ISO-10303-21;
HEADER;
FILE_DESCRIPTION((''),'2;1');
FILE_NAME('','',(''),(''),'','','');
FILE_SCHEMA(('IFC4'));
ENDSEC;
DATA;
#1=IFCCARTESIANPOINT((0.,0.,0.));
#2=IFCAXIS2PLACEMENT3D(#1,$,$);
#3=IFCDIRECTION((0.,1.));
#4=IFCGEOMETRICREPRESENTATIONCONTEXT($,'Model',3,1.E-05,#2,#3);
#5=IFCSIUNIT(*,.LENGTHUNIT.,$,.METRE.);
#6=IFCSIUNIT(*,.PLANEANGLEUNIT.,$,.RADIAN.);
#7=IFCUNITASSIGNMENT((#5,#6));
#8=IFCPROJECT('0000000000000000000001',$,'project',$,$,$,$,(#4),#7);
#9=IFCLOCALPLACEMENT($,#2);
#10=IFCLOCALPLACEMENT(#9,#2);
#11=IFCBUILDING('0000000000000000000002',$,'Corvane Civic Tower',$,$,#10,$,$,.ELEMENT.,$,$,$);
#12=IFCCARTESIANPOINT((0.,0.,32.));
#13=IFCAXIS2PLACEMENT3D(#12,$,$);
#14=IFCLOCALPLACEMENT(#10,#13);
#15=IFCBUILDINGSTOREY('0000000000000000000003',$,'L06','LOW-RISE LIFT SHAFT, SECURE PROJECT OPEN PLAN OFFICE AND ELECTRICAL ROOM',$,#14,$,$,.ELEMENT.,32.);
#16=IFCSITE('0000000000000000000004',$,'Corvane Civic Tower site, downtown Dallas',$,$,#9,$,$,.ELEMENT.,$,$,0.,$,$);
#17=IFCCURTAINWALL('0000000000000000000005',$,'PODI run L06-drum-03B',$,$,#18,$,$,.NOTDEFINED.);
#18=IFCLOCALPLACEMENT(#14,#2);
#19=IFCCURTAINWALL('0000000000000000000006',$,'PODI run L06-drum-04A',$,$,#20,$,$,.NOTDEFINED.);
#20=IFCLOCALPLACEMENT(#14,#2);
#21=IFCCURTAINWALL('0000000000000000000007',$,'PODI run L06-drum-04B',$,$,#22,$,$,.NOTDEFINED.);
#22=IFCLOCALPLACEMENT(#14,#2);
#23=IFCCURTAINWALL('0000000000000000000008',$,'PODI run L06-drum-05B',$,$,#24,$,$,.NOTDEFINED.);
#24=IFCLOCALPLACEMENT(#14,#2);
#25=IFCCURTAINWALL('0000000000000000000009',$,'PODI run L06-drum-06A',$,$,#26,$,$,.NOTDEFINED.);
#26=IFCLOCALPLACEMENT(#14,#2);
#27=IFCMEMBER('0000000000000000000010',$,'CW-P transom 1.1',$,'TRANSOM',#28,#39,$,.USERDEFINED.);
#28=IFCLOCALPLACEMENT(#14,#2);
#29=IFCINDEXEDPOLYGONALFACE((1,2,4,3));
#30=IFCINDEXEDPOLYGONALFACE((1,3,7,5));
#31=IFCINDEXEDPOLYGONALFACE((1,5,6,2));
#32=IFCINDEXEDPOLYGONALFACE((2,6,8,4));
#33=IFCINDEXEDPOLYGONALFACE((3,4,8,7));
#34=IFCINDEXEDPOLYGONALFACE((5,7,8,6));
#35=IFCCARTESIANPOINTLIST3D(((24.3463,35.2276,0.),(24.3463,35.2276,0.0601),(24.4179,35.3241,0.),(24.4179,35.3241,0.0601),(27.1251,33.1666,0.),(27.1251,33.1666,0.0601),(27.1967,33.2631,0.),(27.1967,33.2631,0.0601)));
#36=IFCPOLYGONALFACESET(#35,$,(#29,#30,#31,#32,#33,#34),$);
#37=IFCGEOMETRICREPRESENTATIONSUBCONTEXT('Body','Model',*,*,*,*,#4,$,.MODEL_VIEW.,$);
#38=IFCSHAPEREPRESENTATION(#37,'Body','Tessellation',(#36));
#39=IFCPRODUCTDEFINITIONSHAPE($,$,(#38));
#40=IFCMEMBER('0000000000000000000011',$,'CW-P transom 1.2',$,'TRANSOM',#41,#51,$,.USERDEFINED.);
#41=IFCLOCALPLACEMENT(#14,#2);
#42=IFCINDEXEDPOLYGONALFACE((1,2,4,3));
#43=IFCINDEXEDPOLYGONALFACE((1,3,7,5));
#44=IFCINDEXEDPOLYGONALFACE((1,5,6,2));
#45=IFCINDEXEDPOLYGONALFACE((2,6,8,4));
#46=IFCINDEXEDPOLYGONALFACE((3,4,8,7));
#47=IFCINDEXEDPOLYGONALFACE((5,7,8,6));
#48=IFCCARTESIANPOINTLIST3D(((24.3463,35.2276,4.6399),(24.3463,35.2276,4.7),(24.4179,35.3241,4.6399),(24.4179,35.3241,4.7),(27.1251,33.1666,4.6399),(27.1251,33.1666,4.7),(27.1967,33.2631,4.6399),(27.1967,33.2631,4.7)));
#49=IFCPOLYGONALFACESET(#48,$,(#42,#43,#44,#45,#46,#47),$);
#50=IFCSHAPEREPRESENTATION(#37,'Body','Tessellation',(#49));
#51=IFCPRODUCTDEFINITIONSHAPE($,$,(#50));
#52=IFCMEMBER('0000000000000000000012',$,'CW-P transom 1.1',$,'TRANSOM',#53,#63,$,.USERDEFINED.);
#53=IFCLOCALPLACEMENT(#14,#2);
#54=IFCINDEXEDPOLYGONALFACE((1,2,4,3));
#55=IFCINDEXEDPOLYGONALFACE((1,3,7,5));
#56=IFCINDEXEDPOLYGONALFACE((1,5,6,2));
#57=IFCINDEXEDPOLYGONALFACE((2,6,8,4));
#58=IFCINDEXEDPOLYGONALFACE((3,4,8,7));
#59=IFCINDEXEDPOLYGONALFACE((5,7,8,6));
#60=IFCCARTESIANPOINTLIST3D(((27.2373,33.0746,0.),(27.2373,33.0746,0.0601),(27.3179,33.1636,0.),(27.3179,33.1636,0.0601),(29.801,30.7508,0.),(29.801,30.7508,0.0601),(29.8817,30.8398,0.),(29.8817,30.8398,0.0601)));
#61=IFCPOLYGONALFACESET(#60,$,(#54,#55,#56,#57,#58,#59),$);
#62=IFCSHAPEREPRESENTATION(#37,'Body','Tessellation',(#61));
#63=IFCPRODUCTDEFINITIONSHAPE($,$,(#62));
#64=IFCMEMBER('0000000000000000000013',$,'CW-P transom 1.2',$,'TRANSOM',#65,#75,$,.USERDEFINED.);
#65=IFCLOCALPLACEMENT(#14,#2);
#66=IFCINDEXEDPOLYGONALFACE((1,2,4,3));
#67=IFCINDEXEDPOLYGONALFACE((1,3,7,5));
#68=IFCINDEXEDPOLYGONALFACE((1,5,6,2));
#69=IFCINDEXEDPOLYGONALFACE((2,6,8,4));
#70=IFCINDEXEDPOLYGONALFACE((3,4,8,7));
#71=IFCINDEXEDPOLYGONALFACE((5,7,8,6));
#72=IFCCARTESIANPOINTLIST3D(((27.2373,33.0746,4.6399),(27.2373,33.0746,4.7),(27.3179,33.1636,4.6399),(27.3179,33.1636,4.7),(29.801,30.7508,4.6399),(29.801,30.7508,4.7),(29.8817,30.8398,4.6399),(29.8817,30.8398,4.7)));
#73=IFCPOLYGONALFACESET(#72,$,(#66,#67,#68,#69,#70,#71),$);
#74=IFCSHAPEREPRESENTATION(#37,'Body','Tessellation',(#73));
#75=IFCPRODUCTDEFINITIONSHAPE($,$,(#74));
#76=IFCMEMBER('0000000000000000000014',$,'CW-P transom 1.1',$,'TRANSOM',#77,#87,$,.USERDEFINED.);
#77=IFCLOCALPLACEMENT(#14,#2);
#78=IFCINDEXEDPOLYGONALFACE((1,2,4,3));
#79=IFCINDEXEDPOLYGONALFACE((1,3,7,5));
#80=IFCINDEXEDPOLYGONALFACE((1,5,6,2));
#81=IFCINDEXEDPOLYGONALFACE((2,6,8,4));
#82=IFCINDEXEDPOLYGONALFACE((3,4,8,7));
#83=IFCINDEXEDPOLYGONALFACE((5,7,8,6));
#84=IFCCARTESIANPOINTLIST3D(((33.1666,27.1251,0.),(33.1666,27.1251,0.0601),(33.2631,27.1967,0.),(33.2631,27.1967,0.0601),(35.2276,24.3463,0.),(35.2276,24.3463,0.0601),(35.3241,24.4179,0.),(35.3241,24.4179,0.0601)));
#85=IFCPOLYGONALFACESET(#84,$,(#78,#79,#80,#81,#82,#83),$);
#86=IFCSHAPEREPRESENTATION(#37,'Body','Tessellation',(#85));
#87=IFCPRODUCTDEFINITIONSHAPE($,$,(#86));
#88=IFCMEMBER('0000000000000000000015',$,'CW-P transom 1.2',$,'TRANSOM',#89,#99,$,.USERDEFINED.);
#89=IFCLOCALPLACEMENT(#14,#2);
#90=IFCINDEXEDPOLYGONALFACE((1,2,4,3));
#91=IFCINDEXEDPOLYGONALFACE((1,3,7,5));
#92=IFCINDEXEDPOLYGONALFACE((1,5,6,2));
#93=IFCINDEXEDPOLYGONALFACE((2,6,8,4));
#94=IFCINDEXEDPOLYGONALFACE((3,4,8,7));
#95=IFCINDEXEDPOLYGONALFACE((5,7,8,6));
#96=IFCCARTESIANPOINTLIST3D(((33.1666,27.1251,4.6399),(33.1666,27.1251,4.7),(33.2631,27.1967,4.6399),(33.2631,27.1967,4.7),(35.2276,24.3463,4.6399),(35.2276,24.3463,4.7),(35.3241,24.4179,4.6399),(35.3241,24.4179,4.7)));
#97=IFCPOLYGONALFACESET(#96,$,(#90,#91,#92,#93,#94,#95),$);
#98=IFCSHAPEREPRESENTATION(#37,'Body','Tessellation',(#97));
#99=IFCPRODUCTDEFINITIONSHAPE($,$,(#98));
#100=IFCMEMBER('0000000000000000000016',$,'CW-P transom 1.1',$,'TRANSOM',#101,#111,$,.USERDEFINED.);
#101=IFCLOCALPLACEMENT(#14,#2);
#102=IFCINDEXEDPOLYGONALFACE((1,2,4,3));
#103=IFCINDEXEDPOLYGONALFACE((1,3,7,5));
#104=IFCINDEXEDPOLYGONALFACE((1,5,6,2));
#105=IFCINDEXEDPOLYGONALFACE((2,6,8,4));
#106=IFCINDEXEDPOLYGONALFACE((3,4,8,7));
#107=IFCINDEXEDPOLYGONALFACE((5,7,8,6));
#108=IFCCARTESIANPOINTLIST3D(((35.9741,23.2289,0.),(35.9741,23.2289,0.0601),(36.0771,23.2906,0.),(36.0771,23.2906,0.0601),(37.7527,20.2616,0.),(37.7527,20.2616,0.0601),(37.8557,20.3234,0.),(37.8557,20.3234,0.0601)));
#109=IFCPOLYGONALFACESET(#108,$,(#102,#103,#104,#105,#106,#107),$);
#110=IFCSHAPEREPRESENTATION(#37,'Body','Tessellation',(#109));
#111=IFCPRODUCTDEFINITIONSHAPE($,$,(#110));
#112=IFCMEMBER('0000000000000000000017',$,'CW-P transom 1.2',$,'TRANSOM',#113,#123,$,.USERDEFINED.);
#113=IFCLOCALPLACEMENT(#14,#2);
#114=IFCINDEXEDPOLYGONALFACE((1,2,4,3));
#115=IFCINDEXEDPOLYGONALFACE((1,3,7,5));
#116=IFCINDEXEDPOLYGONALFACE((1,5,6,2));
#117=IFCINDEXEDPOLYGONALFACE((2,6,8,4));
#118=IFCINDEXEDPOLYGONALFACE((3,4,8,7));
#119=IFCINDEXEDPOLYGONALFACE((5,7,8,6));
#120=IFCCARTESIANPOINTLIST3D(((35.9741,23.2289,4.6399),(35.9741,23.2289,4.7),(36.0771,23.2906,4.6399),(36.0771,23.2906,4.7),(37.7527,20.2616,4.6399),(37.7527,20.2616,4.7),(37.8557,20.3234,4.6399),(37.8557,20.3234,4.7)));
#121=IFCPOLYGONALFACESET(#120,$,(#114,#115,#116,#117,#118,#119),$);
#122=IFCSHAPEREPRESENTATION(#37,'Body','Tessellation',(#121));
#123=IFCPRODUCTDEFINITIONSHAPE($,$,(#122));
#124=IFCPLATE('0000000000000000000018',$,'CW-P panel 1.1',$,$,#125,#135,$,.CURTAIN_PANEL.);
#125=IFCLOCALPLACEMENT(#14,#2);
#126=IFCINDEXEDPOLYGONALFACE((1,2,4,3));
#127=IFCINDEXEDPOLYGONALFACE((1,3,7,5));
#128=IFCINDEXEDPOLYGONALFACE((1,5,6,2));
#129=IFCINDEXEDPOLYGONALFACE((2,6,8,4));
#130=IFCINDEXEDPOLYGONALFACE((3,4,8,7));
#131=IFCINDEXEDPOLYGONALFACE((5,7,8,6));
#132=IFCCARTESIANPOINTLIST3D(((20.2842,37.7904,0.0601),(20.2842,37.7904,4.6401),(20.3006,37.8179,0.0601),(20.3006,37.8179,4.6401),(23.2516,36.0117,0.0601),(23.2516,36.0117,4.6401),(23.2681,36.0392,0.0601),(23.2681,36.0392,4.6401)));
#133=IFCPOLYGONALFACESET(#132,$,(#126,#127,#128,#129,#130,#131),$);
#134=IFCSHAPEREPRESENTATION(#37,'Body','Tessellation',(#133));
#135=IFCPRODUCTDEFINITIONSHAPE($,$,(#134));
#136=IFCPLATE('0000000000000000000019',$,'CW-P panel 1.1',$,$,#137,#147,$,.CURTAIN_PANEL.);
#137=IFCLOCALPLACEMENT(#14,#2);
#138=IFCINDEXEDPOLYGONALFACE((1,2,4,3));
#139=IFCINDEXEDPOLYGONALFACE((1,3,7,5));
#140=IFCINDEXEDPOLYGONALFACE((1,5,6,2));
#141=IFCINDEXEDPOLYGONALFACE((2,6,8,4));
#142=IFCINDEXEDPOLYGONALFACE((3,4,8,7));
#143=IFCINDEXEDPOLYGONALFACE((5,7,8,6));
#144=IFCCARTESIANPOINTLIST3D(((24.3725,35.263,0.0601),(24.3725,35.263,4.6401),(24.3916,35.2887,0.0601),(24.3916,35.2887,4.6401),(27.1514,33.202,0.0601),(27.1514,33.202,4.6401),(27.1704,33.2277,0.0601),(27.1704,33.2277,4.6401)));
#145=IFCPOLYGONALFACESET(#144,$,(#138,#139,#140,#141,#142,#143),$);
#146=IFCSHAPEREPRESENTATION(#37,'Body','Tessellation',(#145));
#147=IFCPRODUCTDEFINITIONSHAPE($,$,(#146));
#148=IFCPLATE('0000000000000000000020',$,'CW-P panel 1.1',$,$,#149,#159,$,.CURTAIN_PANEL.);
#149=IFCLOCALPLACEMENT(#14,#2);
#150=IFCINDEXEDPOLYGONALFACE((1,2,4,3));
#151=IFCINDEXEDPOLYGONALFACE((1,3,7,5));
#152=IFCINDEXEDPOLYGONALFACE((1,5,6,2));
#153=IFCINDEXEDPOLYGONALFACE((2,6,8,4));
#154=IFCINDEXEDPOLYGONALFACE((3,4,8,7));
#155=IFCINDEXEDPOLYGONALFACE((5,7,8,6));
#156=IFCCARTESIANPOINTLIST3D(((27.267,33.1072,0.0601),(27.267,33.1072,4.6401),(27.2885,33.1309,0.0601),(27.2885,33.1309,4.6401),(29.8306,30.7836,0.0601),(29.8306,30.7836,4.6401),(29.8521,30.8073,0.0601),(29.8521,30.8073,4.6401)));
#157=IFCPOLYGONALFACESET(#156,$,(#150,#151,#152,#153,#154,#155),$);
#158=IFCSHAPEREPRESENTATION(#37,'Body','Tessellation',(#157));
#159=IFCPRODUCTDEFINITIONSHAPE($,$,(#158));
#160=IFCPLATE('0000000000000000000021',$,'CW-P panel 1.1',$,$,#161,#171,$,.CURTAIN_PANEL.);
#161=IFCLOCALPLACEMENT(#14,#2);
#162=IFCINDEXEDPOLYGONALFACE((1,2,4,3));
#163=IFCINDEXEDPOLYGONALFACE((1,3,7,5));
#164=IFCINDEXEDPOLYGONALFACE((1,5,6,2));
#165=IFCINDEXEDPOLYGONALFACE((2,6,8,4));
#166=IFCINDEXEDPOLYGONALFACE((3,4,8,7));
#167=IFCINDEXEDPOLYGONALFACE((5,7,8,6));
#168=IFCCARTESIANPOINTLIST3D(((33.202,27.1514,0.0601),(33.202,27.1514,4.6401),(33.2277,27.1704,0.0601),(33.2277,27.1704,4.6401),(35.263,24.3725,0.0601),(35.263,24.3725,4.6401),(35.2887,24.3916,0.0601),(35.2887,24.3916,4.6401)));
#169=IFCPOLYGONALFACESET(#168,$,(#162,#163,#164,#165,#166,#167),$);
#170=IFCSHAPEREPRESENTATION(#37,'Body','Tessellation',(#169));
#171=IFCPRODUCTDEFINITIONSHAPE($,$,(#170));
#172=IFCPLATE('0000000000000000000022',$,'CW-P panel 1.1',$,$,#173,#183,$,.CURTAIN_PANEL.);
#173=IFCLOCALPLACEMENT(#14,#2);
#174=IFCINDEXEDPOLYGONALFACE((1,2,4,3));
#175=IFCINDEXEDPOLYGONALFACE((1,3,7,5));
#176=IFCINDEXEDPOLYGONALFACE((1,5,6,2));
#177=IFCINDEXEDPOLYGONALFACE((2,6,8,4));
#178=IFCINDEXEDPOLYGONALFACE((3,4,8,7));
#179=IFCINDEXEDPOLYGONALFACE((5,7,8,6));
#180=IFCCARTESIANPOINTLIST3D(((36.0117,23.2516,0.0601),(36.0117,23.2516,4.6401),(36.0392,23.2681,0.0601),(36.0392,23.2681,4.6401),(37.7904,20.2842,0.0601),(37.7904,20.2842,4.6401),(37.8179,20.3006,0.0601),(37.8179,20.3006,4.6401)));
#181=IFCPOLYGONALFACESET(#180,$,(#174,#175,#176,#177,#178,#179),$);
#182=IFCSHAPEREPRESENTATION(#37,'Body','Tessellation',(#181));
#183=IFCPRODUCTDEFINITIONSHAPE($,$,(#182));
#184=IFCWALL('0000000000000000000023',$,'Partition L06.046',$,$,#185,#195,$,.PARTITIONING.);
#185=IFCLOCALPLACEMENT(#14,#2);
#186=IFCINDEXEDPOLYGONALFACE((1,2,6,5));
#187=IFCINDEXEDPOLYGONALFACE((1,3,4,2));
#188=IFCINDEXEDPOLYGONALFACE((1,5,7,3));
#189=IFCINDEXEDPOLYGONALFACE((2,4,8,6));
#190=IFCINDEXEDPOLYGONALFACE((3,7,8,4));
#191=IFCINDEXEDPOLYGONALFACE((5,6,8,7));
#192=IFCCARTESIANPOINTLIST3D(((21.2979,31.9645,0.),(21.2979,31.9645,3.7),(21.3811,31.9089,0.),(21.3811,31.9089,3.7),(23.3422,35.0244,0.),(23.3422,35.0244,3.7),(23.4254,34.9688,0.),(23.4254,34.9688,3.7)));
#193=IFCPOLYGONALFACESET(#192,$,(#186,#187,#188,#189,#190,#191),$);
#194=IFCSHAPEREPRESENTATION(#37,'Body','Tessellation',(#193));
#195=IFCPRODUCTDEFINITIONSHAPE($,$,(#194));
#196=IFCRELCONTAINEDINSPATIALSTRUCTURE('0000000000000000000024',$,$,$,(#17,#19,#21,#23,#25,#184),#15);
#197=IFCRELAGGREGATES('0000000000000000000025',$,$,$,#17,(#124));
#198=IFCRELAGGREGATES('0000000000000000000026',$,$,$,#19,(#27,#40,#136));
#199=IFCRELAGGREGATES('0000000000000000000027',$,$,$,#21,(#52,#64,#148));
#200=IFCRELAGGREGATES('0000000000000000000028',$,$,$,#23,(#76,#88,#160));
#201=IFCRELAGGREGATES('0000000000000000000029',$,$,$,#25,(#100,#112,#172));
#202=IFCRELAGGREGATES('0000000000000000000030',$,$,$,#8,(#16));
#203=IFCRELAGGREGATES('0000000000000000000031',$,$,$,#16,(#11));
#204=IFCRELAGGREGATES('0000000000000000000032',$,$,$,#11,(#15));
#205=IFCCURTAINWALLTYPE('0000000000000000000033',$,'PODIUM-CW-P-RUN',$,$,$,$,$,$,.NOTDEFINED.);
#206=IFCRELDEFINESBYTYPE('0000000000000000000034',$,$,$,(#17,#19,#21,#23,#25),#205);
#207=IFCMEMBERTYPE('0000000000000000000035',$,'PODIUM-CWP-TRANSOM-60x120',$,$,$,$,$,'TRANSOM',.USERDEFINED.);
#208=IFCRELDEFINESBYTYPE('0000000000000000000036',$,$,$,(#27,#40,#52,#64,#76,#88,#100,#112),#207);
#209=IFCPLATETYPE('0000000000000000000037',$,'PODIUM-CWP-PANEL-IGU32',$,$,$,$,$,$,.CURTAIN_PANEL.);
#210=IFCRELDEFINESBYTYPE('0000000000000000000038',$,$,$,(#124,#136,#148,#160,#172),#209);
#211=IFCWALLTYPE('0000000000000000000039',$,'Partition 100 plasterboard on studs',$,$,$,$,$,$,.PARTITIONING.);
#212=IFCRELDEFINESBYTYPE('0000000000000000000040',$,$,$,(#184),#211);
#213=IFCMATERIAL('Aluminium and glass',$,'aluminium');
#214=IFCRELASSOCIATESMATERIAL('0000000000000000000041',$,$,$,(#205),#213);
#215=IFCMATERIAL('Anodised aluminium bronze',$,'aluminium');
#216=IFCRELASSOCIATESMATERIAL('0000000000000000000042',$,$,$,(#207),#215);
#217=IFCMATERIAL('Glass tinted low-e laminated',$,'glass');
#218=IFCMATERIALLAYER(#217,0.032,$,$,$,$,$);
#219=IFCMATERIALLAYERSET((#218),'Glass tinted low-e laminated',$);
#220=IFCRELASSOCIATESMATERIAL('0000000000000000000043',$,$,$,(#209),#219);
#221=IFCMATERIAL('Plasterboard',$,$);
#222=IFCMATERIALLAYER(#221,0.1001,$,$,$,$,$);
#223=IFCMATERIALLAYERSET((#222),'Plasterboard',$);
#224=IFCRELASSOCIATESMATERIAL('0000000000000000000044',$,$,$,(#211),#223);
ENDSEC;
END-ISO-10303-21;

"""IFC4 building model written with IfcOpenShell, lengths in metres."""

from ifc_helpers import new_model, si_unit, direction, frame, frame_2d, origin, origin_2d, place, context, subcontext, project, spatial, rectangle, extrude, material, layer, layer_set, material_profile, profile_set, type_object, element, aggregate, save


model = new_model("IFC4")

# Units and contexts
model_context = context("Model", 3, precision=1e-05, world=origin(), true_north=direction((0.0, 1.0)))
body_context = subcontext(model_context, "Body", "Model", "MODEL_VIEW")
ifc_project = project(units=[si_unit("LENGTHUNIT", "METRE"), si_unit("PLANEANGLEUNIT", "RADIAN")], contexts=[model_context])

# Site, building, storey
site_placement = place(None, origin())
site = spatial("IfcSite", under=ifc_project, at=site_placement, Name="Corvane Civic Tower site, downtown Dallas", CompositionType="ELEMENT", RefElevation=0.0)
building_placement = place(site_placement, origin())
building = spatial("IfcBuilding", under=site, at=building_placement, Name="Corvane Civic Tower", CompositionType="ELEMENT")
storey_placement = place(building_placement, frame((0.0, 0.0, 32.0)))
storey = spatial("IfcBuildingStorey", under=building, at=storey_placement, Name="L06", Description="LOW-RISE LIFT SHAFT, SECURE PROJECT OPEN PLAN OFFICE AND ELECTRICAL ROOM", CompositionType="ELEMENT", Elevation=32.0)

# Curtain walls
ifc_material_1 = material(Name="Aluminium and glass", Category="aluminium")
curtain_wall_type = type_object("IfcCurtainWallType", Name="PODIUM-CW-P-RUN", PredefinedType="NOTDEFINED", material=ifc_material_1)
curtain_wall_1_placement = place(storey_placement, origin())
curtain_wall_1 = element("IfcCurtainWall", 1, at=curtain_wall_1_placement, inside=storey, type_object=curtain_wall_type, Name="PODI run L06-drum-03B", PredefinedType="NOTDEFINED")
curtain_wall_2_placement = place(storey_placement, origin())
curtain_wall_2 = element("IfcCurtainWall", 2, at=curtain_wall_2_placement, inside=storey, type_object=curtain_wall_type, Name="PODI run L06-drum-04A", PredefinedType="NOTDEFINED")
curtain_wall_3_placement = place(storey_placement, origin())
curtain_wall_3 = element("IfcCurtainWall", 3, at=curtain_wall_3_placement, inside=storey, type_object=curtain_wall_type, Name="PODI run L06-drum-04B", PredefinedType="NOTDEFINED")
curtain_wall_4_placement = place(storey_placement, origin())
curtain_wall_4 = element("IfcCurtainWall", 4, at=curtain_wall_4_placement, inside=storey, type_object=curtain_wall_type, Name="PODI run L06-drum-05B", PredefinedType="NOTDEFINED")

# Curtain wall
curtain_wall_5_placement = place(storey_placement, origin())
curtain_wall_5 = element("IfcCurtainWall", 5, at=curtain_wall_5_placement, inside=storey, type_object=curtain_wall_type, Name="PODI run L06-drum-06A", PredefinedType="NOTDEFINED")

# Members
ifc_material_2 = material(Name="Anodised aluminium bronze", Category="aluminium")
ifc_material_profile_1 = material_profile(ifc_material_2, rectangle(XDim=0.1201, YDim=0.0601, at=origin_2d()), Name="AL 120x60")
ifc_profile_set_1 = profile_set([ifc_material_profile_1], Name="Anodised aluminium bronze")
member_type_1 = type_object("IfcMemberType", Name="PODIUM-CWP-TRANSOM-60x120", ElementType="TRANSOM", PredefinedType="USERDEFINED", material=ifc_profile_set_1)
member_1_placement = place(storey_placement, frame((24.3821, 35.2759, 0.03), z_axis=(0.80319, -0.595724, 0.0), x_axis=(0.595724, 0.80319, 0.0)))
member_1 = element("IfcMember", 6, at=member_1_placement, type_object=member_type_1, Name="CW-P transom 1.1", ObjectType="TRANSOM", PredefinedType="USERDEFINED", context=body_context, shape_type="SweptSolid", body=[
    extrude(rectangle(XDim=0.1201, YDim=0.0601, at=origin_2d()), origin(), (0.0, 0.0, 1.0), 3.4597),
])
member_2_placement = place(storey_placement, frame((24.3821, 35.2759, 4.6699), z_axis=(0.80319, -0.595724, 0.0), x_axis=(0.595724, 0.80319, 0.0)))
member_2 = element("IfcMember", 7, at=member_2_placement, type_object=member_type_1, Name="CW-P transom 1.2", ObjectType="TRANSOM", PredefinedType="USERDEFINED", context=body_context, shape_type="SweptSolid", body=[
    extrude(rectangle(XDim=0.1201, YDim=0.0601, at=origin_2d()), origin(), (0.0, 0.0, 1.0), 3.4597),
])
member_3_placement = place(storey_placement, frame((27.2776, 33.1191, 0.03), z_axis=(0.740935, -0.671576, 0.0), x_axis=(0.671576, 0.740935, 0.0)))
member_3 = element("IfcMember", 8, at=member_3_placement, type_object=member_type_1, Name="CW-P transom 1.1", ObjectType="TRANSOM", PredefinedType="USERDEFINED", context=body_context, shape_type="SweptSolid", body=[
    extrude(rectangle(XDim=0.1201, YDim=0.0601, at=origin_2d()), origin(), (0.0, 0.0, 1.0), 3.4602),
])
member_4_placement = place(storey_placement, frame((27.2776, 33.1191, 4.6699), z_axis=(0.740935, -0.671576, 0.0), x_axis=(0.671576, 0.740935, 0.0)))
member_4 = element("IfcMember", 9, at=member_4_placement, type_object=member_type_1, Name="CW-P transom 1.2", ObjectType="TRANSOM", PredefinedType="USERDEFINED", context=body_context, shape_type="SweptSolid", body=[
    extrude(rectangle(XDim=0.1201, YDim=0.0601, at=origin_2d()), origin(), (0.0, 0.0, 1.0), 3.4602),
])
member_5_placement = place(storey_placement, frame((33.2148, 27.1609, 0.03), z_axis=(0.595724, -0.80319, 0.0), x_axis=(0.80319, 0.595724, 0.0)))
member_5 = element("IfcMember", 10, at=member_5_placement, type_object=member_type_1, Name="CW-P transom 1.1", ObjectType="TRANSOM", PredefinedType="USERDEFINED", context=body_context, shape_type="SweptSolid", body=[
    extrude(rectangle(XDim=0.1201, YDim=0.0601, at=origin_2d()), origin(), (0.0, 0.0, 1.0), 3.4597),
])
member_6_placement = place(storey_placement, frame((33.2148, 27.1609, 4.6699), z_axis=(0.595724, -0.80319, 0.0), x_axis=(0.80319, 0.595724, 0.0)))
member_6 = element("IfcMember", 11, at=member_6_placement, type_object=member_type_1, Name="CW-P transom 1.2", ObjectType="TRANSOM", PredefinedType="USERDEFINED", context=body_context, shape_type="SweptSolid", body=[
    extrude(rectangle(XDim=0.1201, YDim=0.0601, at=origin_2d()), origin(), (0.0, 0.0, 1.0), 3.4597),
])
member_7_placement = place(storey_placement, frame((36.0256, 23.2598, 0.03), z_axis=(0.514112, -0.857723, 0.0), x_axis=(0.857723, 0.514112, 0.0)))
member_7 = element("IfcMember", 12, at=member_7_placement, type_object=member_type_1, Name="CW-P transom 1.1", ObjectType="TRANSOM", PredefinedType="USERDEFINED", context=body_context, shape_type="SweptSolid", body=[
    extrude(rectangle(XDim=0.1201, YDim=0.0601, at=origin_2d()), origin(), (0.0, 0.0, 1.0), 3.4595),
])
member_8_placement = place(storey_placement, frame((36.0256, 23.2598, 4.6699), z_axis=(0.514112, -0.857723, 0.0), x_axis=(0.857723, 0.514112, 0.0)))
member_8 = element("IfcMember", 13, at=member_8_placement, type_object=member_type_1, Name="CW-P transom 1.2", ObjectType="TRANSOM", PredefinedType="USERDEFINED", context=body_context, shape_type="SweptSolid", body=[
    extrude(rectangle(XDim=0.1201, YDim=0.0601, at=origin_2d()), origin(), (0.0, 0.0, 1.0), 3.4595),
])

# Plates
ifc_material_3 = material(Name="Glass tinted low-e laminated", Category="glass")
ifc_layer_1 = layer(ifc_material_3, 0.032)
ifc_layer_set_1 = layer_set([ifc_layer_1], Name="Glass tinted low-e laminated")
plate_type = type_object("IfcPlateType", Name="PODIUM-CWP-PANEL-IGU32", PredefinedType="CURTAIN_PANEL", material=ifc_layer_set_1)
plate_1_placement = place(storey_placement, frame((21.7761, 36.9148, 0.0601), z_axis=(0.0, 0.0, 1.0), x_axis=(0.85772, -0.514118, 0.0)))
plate_1 = element("IfcPlate", 14, at=plate_1_placement, type_object=plate_type, Name="CW-P panel 1.1", PredefinedType="CURTAIN_PANEL", context=body_context, shape_type="SweptSolid", body=[
    extrude(rectangle(XDim=3.4597, YDim=0.032, at=origin_2d()), origin(), (0.0, 0.0, 1.0), 4.5801),
])
aggregate(curtain_wall_1, [plate_1])
plate_2_placement = place(storey_placement, frame((25.7715, 34.2454, 0.0601), z_axis=(0.0, 0.0, 1.0), x_axis=(0.803203, -0.595705, 0.0)))
plate_2 = element("IfcPlate", 15, at=plate_2_placement, type_object=plate_type, Name="CW-P panel 1.1", PredefinedType="CURTAIN_PANEL", context=body_context, shape_type="SweptSolid", body=[
    extrude(rectangle(XDim=3.4597, YDim=0.032, at=origin_2d()), origin(), (0.0, 0.0, 1.0), 4.5801),
])
aggregate(curtain_wall_2, [member_1, member_2, plate_2])
plate_3_placement = place(storey_placement, frame((28.5596, 31.9573, 0.0601), z_axis=(0.0, 0.0, 1.0), x_axis=(0.740935, -0.671576, 0.0)))
plate_3 = element("IfcPlate", 16, at=plate_3_placement, type_object=plate_type, Name="CW-P panel 1.1", PredefinedType="CURTAIN_PANEL", context=body_context, shape_type="SweptSolid", body=[
    extrude(rectangle(XDim=3.46, YDim=0.032, at=origin_2d()), origin(), (0.0, 0.0, 1.0), 4.5801),
])
aggregate(curtain_wall_3, [member_3, member_4, plate_3])
plate_4_placement = place(storey_placement, frame((34.2454, 25.7715, 0.0601), z_axis=(0.0, 0.0, 1.0), x_axis=(0.595705, -0.803203, 0.0)))
plate_4 = element("IfcPlate", 17, at=plate_4_placement, type_object=plate_type, Name="CW-P panel 1.1", PredefinedType="CURTAIN_PANEL", context=body_context, shape_type="SweptSolid", body=[
    extrude(rectangle(XDim=3.4597, YDim=0.032, at=origin_2d()), origin(), (0.0, 0.0, 1.0), 4.5801),
])
aggregate(curtain_wall_4, [member_5, member_6, plate_4])
plate_5_placement = place(storey_placement, frame((36.9148, 21.7761, 0.0601), z_axis=(0.0, 0.0, 1.0), x_axis=(0.514118, -0.85772, 0.0)))
plate_5 = element("IfcPlate", 18, at=plate_5_placement, type_object=plate_type, Name="CW-P panel 1.1", PredefinedType="CURTAIN_PANEL", context=body_context, shape_type="SweptSolid", body=[
    extrude(rectangle(XDim=3.4597, YDim=0.032, at=origin_2d()), origin(), (0.0, 0.0, 1.0), 4.5801),
])
aggregate(curtain_wall_5, [member_7, member_8, plate_5])

# Wall
ifc_material_4 = material(Name="Plasterboard")
ifc_layer_2 = layer(ifc_material_4, 0.1001)
ifc_layer_set_2 = layer_set([ifc_layer_2], Name="Plasterboard")
wall_type_1 = type_object("IfcWallType", Name="Partition 100 plasterboard on studs", PredefinedType="PARTITIONING", material=ifc_layer_set_2)
wall_1_placement = place(storey_placement, frame((21.3396, 31.9368, 0.0), z_axis=(0.0, 0.0, 1.0), x_axis=(0.555511, 0.831509, 0.0)))
element("IfcWall", 19, at=wall_1_placement, inside=storey, type_object=wall_type_1, Name="Partition L06.046", PredefinedType="PARTITIONING", context=body_context, shape_type="SweptSolid", body=[
    extrude(rectangle(XDim=3.6799, YDim=0.1001, at=frame_2d((1.8398, 0.0))), origin(), (0.0, 0.0, 1.0), 3.7),
])

save(model, "model.ifc")
